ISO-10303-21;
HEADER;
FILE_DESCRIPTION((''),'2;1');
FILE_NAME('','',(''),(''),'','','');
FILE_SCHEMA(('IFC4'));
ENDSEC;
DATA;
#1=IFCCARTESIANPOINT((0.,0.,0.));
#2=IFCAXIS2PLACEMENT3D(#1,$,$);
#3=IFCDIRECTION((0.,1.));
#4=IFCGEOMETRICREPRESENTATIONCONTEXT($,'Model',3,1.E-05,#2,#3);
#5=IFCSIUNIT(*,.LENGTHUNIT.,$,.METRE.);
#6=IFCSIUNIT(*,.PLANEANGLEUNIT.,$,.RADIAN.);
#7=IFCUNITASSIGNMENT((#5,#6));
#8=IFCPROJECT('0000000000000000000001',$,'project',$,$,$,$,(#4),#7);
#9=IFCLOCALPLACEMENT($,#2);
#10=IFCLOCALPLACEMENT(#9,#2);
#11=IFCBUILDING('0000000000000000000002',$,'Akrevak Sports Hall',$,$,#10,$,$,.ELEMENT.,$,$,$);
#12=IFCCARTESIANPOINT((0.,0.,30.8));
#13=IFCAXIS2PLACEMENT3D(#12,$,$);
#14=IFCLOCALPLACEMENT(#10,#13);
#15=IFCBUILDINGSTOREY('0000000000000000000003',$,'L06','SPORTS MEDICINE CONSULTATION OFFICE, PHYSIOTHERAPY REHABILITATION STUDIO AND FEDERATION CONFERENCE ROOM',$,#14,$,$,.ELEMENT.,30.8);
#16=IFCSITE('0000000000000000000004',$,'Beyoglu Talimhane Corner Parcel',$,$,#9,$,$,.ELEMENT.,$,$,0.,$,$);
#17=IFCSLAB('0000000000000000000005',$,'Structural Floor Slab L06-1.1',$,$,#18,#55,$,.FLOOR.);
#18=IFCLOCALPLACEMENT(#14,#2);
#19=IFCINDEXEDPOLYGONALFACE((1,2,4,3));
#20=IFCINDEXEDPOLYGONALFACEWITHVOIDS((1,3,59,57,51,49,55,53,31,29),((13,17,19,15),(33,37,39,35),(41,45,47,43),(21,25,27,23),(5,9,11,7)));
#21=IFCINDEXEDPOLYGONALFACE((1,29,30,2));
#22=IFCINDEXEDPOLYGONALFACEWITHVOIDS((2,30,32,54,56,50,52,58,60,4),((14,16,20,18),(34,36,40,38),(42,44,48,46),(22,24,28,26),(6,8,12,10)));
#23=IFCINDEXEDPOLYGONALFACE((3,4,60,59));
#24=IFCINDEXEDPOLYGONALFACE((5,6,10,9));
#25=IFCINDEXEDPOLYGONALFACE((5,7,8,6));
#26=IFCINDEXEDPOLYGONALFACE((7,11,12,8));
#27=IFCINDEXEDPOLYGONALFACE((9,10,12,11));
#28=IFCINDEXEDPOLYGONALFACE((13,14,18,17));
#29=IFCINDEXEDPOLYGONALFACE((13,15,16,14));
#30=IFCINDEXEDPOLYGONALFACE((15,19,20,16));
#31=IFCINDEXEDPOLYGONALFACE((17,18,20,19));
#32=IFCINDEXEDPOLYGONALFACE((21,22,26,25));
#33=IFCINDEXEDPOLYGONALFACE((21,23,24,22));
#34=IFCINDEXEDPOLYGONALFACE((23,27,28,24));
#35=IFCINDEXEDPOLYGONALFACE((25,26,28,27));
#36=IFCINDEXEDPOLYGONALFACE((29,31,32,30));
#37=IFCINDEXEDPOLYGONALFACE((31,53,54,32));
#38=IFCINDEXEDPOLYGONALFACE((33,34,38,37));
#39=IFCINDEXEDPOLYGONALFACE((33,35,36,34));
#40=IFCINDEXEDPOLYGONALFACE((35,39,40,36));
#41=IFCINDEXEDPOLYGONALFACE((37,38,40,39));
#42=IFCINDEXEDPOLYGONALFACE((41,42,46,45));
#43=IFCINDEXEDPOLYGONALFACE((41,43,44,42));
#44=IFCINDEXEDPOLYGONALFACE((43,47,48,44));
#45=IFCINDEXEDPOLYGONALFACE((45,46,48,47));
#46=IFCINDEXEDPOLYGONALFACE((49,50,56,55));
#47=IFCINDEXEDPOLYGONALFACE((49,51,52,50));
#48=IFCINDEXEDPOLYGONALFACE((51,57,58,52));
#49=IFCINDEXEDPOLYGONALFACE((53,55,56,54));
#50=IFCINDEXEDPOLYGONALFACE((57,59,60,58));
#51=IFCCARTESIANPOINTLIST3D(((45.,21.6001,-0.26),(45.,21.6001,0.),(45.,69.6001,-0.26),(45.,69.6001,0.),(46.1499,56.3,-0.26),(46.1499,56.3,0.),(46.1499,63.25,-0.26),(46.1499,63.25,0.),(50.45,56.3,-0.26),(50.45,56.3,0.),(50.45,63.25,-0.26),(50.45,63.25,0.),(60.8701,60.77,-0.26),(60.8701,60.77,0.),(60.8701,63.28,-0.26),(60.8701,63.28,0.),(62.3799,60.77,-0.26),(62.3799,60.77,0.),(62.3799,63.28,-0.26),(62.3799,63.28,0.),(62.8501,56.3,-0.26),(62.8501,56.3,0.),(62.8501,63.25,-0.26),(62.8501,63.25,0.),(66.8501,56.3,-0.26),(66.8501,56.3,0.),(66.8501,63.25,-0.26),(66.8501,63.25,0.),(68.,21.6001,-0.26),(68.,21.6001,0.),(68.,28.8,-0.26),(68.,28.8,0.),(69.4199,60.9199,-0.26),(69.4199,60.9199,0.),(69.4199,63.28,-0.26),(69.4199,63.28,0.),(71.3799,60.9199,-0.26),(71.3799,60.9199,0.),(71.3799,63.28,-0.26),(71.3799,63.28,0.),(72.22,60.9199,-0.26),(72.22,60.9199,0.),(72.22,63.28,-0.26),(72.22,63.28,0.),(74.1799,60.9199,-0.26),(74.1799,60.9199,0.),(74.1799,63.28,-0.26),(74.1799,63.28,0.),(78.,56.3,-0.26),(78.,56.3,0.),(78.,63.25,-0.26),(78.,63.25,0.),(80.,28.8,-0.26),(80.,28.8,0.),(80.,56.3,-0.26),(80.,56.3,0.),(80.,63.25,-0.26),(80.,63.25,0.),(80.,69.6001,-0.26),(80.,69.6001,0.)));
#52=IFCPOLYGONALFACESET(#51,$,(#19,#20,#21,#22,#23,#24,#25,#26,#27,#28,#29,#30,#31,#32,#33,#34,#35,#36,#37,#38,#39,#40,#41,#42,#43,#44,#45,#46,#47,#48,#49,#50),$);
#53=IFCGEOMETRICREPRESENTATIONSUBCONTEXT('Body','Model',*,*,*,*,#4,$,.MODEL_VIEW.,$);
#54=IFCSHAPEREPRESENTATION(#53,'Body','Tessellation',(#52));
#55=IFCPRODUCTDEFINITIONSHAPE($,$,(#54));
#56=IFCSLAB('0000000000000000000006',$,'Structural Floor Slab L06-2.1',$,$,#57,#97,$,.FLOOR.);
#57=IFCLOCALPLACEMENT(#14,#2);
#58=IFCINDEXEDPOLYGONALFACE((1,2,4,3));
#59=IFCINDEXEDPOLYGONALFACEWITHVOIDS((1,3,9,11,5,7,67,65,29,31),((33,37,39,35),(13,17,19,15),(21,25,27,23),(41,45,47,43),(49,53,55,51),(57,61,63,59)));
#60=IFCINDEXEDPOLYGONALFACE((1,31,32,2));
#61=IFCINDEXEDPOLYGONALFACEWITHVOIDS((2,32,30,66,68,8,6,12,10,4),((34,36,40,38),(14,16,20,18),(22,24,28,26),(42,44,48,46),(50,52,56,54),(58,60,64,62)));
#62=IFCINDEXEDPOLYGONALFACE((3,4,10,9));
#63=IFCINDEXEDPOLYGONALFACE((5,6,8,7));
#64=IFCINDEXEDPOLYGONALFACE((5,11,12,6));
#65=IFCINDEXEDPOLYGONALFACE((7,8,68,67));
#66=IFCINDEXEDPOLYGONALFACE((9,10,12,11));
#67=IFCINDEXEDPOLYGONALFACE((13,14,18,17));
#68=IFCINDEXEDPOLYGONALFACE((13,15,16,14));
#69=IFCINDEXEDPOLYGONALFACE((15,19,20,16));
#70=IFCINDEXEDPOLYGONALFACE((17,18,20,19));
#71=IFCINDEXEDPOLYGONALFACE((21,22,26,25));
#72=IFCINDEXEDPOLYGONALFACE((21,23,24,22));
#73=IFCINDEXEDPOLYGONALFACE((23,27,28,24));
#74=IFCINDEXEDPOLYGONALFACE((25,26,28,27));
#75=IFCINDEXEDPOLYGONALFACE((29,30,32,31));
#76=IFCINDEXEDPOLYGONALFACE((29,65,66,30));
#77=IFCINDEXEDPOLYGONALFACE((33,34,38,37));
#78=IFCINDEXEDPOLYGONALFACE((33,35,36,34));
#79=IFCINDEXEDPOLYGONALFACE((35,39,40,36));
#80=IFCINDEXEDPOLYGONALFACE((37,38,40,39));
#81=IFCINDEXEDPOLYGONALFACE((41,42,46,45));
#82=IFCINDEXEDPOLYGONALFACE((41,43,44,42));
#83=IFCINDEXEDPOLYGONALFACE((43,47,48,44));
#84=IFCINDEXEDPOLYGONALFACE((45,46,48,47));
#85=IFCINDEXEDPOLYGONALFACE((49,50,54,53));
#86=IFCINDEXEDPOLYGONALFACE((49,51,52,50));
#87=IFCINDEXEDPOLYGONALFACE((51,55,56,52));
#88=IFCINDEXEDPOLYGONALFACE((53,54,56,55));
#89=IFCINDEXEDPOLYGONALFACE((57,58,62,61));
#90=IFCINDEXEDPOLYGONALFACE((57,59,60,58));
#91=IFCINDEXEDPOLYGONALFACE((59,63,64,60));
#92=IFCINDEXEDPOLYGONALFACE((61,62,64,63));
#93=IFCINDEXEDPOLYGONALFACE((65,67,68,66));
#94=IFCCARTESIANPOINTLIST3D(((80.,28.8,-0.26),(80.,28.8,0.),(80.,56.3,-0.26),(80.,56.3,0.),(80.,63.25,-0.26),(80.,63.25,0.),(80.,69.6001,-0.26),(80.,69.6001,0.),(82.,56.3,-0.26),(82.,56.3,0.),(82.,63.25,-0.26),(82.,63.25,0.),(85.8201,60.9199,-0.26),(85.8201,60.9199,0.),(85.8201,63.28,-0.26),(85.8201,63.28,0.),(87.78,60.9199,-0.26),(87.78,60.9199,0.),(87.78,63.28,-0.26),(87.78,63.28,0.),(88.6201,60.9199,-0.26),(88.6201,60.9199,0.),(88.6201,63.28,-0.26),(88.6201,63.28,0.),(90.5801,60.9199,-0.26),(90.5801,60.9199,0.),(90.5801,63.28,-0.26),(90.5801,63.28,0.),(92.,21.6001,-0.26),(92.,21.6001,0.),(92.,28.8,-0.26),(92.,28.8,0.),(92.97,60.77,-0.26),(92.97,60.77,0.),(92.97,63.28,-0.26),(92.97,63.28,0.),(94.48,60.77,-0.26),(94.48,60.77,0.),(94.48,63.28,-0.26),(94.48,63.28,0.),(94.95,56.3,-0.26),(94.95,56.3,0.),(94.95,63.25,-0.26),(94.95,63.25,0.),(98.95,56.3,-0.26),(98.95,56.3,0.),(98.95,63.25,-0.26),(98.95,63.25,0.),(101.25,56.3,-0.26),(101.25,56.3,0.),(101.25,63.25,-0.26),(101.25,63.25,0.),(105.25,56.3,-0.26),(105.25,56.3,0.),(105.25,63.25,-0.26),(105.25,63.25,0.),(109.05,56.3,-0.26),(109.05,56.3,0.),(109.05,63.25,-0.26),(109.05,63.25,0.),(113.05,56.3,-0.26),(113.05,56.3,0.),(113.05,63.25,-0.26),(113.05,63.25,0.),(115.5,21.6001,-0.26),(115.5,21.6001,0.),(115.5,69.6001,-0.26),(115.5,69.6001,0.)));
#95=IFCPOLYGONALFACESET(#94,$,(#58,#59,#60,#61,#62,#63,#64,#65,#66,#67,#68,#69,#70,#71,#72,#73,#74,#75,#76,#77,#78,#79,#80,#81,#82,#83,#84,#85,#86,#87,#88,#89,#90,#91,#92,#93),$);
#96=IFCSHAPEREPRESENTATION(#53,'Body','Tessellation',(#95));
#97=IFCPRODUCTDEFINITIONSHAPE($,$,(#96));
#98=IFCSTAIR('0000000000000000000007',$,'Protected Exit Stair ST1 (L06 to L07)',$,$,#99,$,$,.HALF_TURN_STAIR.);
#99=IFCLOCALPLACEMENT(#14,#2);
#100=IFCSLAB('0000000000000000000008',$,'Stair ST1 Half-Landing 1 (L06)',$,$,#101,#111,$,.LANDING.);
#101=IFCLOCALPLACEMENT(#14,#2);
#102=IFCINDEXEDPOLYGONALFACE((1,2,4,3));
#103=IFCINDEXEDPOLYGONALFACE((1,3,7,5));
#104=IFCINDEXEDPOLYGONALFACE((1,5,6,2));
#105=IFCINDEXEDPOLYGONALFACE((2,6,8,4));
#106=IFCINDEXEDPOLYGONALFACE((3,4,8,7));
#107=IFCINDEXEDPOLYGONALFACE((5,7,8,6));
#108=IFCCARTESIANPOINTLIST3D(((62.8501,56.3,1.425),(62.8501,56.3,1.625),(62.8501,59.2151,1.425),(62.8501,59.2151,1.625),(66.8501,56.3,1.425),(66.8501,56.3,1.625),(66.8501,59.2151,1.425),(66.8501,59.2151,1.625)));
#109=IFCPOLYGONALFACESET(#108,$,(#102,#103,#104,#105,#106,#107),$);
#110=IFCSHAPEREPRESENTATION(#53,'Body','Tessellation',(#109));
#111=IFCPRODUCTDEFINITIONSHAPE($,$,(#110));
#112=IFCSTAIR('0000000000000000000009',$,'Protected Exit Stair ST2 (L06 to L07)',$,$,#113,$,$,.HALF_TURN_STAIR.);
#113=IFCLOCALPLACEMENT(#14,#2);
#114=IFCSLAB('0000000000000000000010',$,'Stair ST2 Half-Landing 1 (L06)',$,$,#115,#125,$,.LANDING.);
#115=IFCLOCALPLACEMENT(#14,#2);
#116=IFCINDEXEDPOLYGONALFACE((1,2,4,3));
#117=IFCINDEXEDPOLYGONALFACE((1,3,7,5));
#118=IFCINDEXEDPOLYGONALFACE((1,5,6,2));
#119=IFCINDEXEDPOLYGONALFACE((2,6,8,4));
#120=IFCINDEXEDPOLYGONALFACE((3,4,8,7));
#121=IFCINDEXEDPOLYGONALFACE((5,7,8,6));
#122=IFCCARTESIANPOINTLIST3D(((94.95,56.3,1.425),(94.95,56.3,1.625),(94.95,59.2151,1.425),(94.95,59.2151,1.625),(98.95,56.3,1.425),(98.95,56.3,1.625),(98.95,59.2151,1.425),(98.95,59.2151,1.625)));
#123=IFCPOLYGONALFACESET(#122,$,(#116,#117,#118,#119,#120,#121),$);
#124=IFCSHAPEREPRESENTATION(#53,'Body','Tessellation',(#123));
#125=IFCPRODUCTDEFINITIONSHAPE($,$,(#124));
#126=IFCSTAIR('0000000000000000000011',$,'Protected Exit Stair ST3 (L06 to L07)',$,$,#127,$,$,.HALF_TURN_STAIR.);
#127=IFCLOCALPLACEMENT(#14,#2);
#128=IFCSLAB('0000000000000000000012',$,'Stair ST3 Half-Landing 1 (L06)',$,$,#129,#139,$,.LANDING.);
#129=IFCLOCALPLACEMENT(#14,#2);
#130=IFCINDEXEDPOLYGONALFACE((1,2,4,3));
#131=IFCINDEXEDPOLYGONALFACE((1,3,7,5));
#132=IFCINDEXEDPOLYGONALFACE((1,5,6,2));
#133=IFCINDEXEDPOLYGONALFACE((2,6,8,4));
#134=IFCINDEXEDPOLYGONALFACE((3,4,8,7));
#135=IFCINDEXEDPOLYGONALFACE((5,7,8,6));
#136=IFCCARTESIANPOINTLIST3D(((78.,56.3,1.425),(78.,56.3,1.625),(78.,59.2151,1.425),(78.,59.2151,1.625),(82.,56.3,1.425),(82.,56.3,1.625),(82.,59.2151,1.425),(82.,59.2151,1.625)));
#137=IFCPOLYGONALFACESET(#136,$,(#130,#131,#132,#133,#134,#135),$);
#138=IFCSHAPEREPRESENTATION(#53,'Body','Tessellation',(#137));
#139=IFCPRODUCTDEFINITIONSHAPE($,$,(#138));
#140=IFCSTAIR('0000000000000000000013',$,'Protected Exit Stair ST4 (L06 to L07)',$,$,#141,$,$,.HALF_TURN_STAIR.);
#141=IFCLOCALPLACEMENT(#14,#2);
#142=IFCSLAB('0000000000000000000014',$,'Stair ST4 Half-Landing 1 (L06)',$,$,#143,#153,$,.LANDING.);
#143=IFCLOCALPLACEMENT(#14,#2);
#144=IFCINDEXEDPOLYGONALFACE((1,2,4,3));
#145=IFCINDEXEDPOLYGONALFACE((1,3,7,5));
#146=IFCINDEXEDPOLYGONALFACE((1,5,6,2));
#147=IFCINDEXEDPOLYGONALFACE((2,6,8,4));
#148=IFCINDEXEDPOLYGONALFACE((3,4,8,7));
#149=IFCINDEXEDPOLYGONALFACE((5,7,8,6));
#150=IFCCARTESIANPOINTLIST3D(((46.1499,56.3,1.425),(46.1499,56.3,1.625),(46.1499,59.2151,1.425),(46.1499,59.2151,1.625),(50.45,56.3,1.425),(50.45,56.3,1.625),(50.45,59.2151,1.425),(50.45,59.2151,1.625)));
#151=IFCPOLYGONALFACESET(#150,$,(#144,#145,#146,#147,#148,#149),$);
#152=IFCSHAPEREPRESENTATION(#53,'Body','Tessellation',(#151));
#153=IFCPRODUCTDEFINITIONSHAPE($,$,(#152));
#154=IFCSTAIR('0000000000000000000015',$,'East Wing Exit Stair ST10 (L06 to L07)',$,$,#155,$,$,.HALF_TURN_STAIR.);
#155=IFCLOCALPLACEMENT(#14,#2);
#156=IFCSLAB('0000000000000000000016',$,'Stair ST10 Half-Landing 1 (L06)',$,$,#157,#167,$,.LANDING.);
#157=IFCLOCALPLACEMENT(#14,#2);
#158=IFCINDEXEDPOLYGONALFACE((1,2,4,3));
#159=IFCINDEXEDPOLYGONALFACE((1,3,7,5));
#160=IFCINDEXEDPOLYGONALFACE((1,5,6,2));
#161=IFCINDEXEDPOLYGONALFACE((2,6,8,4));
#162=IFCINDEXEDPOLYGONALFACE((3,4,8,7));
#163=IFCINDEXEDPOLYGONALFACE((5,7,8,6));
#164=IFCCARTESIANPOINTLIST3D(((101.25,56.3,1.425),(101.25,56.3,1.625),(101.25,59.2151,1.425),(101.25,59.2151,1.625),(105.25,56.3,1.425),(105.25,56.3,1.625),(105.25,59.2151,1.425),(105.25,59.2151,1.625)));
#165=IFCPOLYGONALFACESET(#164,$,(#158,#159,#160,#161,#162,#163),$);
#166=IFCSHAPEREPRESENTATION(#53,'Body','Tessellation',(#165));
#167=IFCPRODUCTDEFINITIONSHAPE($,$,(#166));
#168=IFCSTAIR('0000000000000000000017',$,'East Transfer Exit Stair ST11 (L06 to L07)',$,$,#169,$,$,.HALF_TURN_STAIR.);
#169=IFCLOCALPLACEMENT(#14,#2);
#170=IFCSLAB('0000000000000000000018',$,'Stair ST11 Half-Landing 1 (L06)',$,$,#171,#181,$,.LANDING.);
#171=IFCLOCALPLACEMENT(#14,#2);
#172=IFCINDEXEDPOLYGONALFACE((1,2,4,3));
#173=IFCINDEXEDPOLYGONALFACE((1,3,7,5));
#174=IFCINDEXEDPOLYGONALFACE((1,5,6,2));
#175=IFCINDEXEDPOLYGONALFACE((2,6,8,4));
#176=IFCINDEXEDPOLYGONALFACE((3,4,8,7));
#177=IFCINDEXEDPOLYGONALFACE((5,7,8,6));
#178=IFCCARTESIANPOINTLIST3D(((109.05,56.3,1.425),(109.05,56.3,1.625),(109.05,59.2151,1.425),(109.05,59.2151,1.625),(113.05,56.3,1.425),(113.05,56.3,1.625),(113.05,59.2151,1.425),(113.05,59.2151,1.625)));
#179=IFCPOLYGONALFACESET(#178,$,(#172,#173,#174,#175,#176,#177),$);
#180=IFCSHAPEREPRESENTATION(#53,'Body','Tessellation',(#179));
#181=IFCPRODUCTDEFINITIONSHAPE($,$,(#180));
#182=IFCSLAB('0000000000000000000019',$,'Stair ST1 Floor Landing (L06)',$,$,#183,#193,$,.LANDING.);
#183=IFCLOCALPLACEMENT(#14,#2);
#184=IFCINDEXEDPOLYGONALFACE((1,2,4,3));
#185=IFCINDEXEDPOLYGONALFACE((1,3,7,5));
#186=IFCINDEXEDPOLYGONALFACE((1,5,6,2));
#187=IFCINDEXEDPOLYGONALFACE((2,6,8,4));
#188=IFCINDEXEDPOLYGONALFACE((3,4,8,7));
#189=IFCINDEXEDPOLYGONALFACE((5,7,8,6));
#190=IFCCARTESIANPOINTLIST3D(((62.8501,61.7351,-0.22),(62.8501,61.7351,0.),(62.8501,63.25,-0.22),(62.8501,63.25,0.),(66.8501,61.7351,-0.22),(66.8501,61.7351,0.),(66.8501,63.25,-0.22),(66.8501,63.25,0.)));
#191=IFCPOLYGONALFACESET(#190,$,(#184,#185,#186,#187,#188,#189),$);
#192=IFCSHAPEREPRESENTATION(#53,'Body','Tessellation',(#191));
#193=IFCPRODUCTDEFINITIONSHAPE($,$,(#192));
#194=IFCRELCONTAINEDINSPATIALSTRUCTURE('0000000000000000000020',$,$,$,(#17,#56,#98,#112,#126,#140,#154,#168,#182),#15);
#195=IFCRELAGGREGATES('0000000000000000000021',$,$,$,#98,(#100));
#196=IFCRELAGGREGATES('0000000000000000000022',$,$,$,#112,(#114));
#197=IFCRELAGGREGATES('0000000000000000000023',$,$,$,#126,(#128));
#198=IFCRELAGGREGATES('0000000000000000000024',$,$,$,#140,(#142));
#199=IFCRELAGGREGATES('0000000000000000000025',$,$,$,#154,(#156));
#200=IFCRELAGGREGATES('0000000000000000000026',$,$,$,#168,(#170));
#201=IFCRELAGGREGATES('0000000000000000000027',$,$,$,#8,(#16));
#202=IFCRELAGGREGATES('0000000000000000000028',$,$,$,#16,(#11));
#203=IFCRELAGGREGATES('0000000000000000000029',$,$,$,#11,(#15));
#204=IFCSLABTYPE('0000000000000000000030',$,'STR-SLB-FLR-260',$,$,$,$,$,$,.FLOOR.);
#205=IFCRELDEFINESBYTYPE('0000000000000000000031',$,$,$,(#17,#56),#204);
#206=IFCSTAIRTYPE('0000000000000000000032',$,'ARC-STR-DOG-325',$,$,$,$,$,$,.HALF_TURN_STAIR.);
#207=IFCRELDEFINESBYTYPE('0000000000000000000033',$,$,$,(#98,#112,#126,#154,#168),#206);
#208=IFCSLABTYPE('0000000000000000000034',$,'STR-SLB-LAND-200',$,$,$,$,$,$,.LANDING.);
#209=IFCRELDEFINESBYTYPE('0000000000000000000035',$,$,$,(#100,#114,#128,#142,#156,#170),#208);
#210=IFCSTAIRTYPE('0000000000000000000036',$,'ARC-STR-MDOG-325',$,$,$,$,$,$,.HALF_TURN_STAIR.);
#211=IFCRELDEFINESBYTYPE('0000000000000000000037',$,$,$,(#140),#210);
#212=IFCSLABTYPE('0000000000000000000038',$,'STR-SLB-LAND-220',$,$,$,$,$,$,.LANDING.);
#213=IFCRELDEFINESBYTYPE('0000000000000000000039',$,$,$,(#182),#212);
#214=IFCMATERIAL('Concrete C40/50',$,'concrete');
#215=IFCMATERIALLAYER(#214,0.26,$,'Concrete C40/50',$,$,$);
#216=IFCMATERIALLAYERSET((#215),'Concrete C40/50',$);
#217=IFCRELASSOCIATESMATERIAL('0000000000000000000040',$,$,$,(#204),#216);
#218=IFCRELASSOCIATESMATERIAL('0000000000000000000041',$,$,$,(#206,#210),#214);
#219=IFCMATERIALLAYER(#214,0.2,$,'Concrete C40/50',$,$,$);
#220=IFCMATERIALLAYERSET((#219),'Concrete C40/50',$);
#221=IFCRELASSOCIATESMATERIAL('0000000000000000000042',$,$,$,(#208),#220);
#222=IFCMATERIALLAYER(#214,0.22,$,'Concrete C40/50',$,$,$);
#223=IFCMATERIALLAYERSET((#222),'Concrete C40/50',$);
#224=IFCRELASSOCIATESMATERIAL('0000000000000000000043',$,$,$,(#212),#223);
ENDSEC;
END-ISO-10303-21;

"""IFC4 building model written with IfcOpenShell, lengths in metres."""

from ifc_helpers import new_model, si_unit, direction, frame, origin, place, context, subcontext, project, spatial, polyline, outline, extrude, material, layer, layer_set, type_object, element, aggregate, save


model = new_model("IFC4")

# Units and contexts
model_context = context("Model", 3, precision=1e-05, world=origin(), true_north=direction((0.0, 1.0)))
body_context = subcontext(model_context, "Body", "Model", "MODEL_VIEW")
ifc_project = project(units=[si_unit("LENGTHUNIT", "METRE"), si_unit("PLANEANGLEUNIT", "RADIAN")], contexts=[model_context])

# Site, building, storey
site_placement = place(None, origin())
site = spatial("IfcSite", under=ifc_project, at=site_placement, Name="Beyoglu Talimhane Corner Parcel", CompositionType="ELEMENT", RefElevation=0.0)
building_placement = place(site_placement, origin())
building = spatial("IfcBuilding", under=site, at=building_placement, Name="Akrevak Sports Hall", CompositionType="ELEMENT")
storey_placement = place(building_placement, frame((0.0, 0.0, 30.8)))
storey = spatial("IfcBuildingStorey", under=building, at=storey_placement, Name="L06", Description="SPORTS MEDICINE CONSULTATION OFFICE, PHYSIOTHERAPY REHABILITATION STUDIO AND FEDERATION CONFERENCE ROOM", CompositionType="ELEMENT", Elevation=30.8)

# Shared definitions
ifc_material_1 = material(Name="Concrete C40/50", Category="concrete")

# Slabs
ifc_layer_1 = layer(ifc_material_1, 0.26, Name="Concrete C40/50")
ifc_layer_set_1 = layer_set([ifc_layer_1], Name="Concrete C40/50")
slab_type_1 = type_object("IfcSlabType", Name="STR-SLB-FLR-260", PredefinedType="FLOOR", material=ifc_layer_set_1)
slab_1_placement = place(storey_placement, frame((0.0, 0.0, -0.26)))
element("IfcSlab", 1, at=slab_1_placement, inside=storey, type_object=slab_type_1, Name="Structural Floor Slab L06-1.1", PredefinedType="FLOOR", context=body_context, shape_type="SweptSolid", body=[
    extrude(outline(polyline([(45.0, 69.6001), (45.0, 21.6001), (68.0, 21.6001), (68.0, 28.8), (80.0, 28.8), (80.0, 56.3), (78.0, 56.3), (78.0, 63.25), (80.0, 63.25), (80.0, 69.6001), (45.0, 69.6001)]), holes=[polyline([(46.1499, 63.25), (50.45, 63.25), (50.45, 56.3), (46.1499, 56.3), (46.1499, 63.25)]), polyline([(66.8501, 63.25), (66.8501, 56.3), (62.8501, 56.3), (62.8501, 63.25), (66.8501, 63.25)]), polyline([(60.8701, 63.28), (62.3799, 63.28), (62.3799, 60.77), (60.8701, 60.77), (60.8701, 63.28)]), polyline([(71.3799, 63.28), (71.3799, 60.9199), (69.4199, 60.9199), (69.4199, 63.28), (71.3799, 63.28)]), polyline([(74.1799, 63.28), (74.1799, 60.9199), (72.22, 60.9199), (72.22, 63.28), (74.1799, 63.28)])]), origin(), (0.0, 0.0, 1.0), 0.26),
])
slab_2_placement = place(storey_placement, frame((0.0, 0.0, -0.26)))
element("IfcSlab", 2, at=slab_2_placement, inside=storey, type_object=slab_type_1, Name="Structural Floor Slab L06-2.1", PredefinedType="FLOOR", context=body_context, shape_type="SweptSolid", body=[
    extrude(outline(polyline([(80.0, 69.6001), (80.0, 63.25), (82.0, 63.25), (82.0, 56.3), (80.0, 56.3), (80.0, 28.8), (92.0, 28.8), (92.0, 21.6001), (115.5, 21.6001), (115.5, 69.6001), (80.0, 69.6001)]), holes=[polyline([(94.95, 63.25), (98.95, 63.25), (98.95, 56.3), (94.95, 56.3), (94.95, 63.25)]), polyline([(105.25, 63.25), (105.25, 56.3), (101.25, 56.3), (101.25, 63.25), (105.25, 63.25)]), polyline([(113.05, 63.25), (113.05, 56.3), (109.05, 56.3), (109.05, 63.25), (113.05, 63.25)]), polyline([(92.97, 63.28), (94.48, 63.28), (94.48, 60.77), (92.97, 60.77), (92.97, 63.28)]), polyline([(87.78, 63.28), (87.78, 60.9199), (85.8201, 60.9199), (85.8201, 63.28), (87.78, 63.28)]), polyline([(90.5801, 63.28), (90.5801, 60.9199), (88.6201, 60.9199), (88.6201, 63.28), (90.5801, 63.28)])]), origin(), (0.0, 0.0, 1.0), 0.26),
])

# Stairs, slabs
stair_type_1 = type_object("IfcStairType", Name="ARC-STR-DOG-325", PredefinedType="HALF_TURN_STAIR", material=ifc_material_1)
stair_1_placement = place(storey_placement, origin())
stair_1 = element("IfcStair", 3, at=stair_1_placement, inside=storey, type_object=stair_type_1, Name="Protected Exit Stair ST1 (L06 to L07)", PredefinedType="HALF_TURN_STAIR")
ifc_layer_2 = layer(ifc_material_1, 0.2, Name="Concrete C40/50")
ifc_layer_set_2 = layer_set([ifc_layer_2], Name="Concrete C40/50")
slab_type_2 = type_object("IfcSlabType", Name="STR-SLB-LAND-200", PredefinedType="LANDING", material=ifc_layer_set_2)
slab_3_placement = place(storey_placement, frame((0.0, 0.0, 1.425)))
slab_3 = element("IfcSlab", 4, at=slab_3_placement, type_object=slab_type_2, Name="Stair ST1 Half-Landing 1 (L06)", PredefinedType="LANDING", context=body_context, shape_type="SweptSolid", body=[
    extrude(outline(polyline([(62.8501, 56.3), (66.8501, 56.3), (66.8501, 59.2151), (62.8501, 59.2151), (62.8501, 56.3)])), origin(), (0.0, 0.0, 1.0), 0.2),
])
aggregate(stair_1, [slab_3])
stair_2_placement = place(storey_placement, origin())
stair_2 = element("IfcStair", 5, at=stair_2_placement, inside=storey, type_object=stair_type_1, Name="Protected Exit Stair ST2 (L06 to L07)", PredefinedType="HALF_TURN_STAIR")
slab_4_placement = place(storey_placement, frame((0.0, 0.0, 1.425)))
slab_4 = element("IfcSlab", 6, at=slab_4_placement, type_object=slab_type_2, Name="Stair ST2 Half-Landing 1 (L06)", PredefinedType="LANDING", context=body_context, shape_type="SweptSolid", body=[
    extrude(outline(polyline([(94.95, 56.3), (98.95, 56.3), (98.95, 59.2151), (94.95, 59.2151), (94.95, 56.3)])), origin(), (0.0, 0.0, 1.0), 0.2),
])
aggregate(stair_2, [slab_4])
stair_3_placement = place(storey_placement, origin())
stair_3 = element("IfcStair", 7, at=stair_3_placement, inside=storey, type_object=stair_type_1, Name="Protected Exit Stair ST3 (L06 to L07)", PredefinedType="HALF_TURN_STAIR")
slab_5_placement = place(storey_placement, frame((0.0, 0.0, 1.425)))
slab_5 = element("IfcSlab", 8, at=slab_5_placement, type_object=slab_type_2, Name="Stair ST3 Half-Landing 1 (L06)", PredefinedType="LANDING", context=body_context, shape_type="SweptSolid", body=[
    extrude(outline(polyline([(78.0, 56.3), (82.0, 56.3), (82.0, 59.2151), (78.0, 59.2151), (78.0, 56.3)])), origin(), (0.0, 0.0, 1.0), 0.2),
])
aggregate(stair_3, [slab_5])
stair_type_2 = type_object("IfcStairType", Name="ARC-STR-MDOG-325", PredefinedType="HALF_TURN_STAIR", material=ifc_material_1)
stair_4_placement = place(storey_placement, origin())
stair_4 = element("IfcStair", 9, at=stair_4_placement, inside=storey, type_object=stair_type_2, Name="Protected Exit Stair ST4 (L06 to L07)", PredefinedType="HALF_TURN_STAIR")
slab_6_placement = place(storey_placement, frame((0.0, 0.0, 1.425)))
slab_6 = element("IfcSlab", 10, at=slab_6_placement, type_object=slab_type_2, Name="Stair ST4 Half-Landing 1 (L06)", PredefinedType="LANDING", context=body_context, shape_type="SweptSolid", body=[
    extrude(outline(polyline([(46.1499, 56.3), (50.45, 56.3), (50.45, 59.2151), (46.1499, 59.2151), (46.1499, 56.3)])), origin(), (0.0, 0.0, 1.0), 0.2),
])
aggregate(stair_4, [slab_6])
stair_5_placement = place(storey_placement, origin())
stair_5 = element("IfcStair", 11, at=stair_5_placement, inside=storey, type_object=stair_type_1, Name="East Wing Exit Stair ST10 (L06 to L07)", PredefinedType="HALF_TURN_STAIR")
slab_7_placement = place(storey_placement, frame((0.0, 0.0, 1.425)))
slab_7 = element("IfcSlab", 12, at=slab_7_placement, type_object=slab_type_2, Name="Stair ST10 Half-Landing 1 (L06)", PredefinedType="LANDING", context=body_context, shape_type="SweptSolid", body=[
    extrude(outline(polyline([(101.25, 56.3), (105.25, 56.3), (105.25, 59.2151), (101.25, 59.2151), (101.25, 56.3)])), origin(), (0.0, 0.0, 1.0), 0.2),
])
aggregate(stair_5, [slab_7])
stair_6_placement = place(storey_placement, origin())
stair_6 = element("IfcStair", 13, at=stair_6_placement, inside=storey, type_object=stair_type_1, Name="East Transfer Exit Stair ST11 (L06 to L07)", PredefinedType="HALF_TURN_STAIR")
slab_8_placement = place(storey_placement, frame((0.0, 0.0, 1.425)))
slab_8 = element("IfcSlab", 14, at=slab_8_placement, type_object=slab_type_2, Name="Stair ST11 Half-Landing 1 (L06)", PredefinedType="LANDING", context=body_context, shape_type="SweptSolid", body=[
    extrude(outline(polyline([(109.05, 56.3), (113.05, 56.3), (113.05, 59.2151), (109.05, 59.2151), (109.05, 56.3)])), origin(), (0.0, 0.0, 1.0), 0.2),
])
aggregate(stair_6, [slab_8])

# Slab
ifc_layer_3 = layer(ifc_material_1, 0.22, Name="Concrete C40/50")
ifc_layer_set_3 = layer_set([ifc_layer_3], Name="Concrete C40/50")
slab_type_3 = type_object("IfcSlabType", Name="STR-SLB-LAND-220", PredefinedType="LANDING", material=ifc_layer_set_3)
slab_9_placement = place(storey_placement, frame((0.0, 0.0, -0.22)))
element("IfcSlab", 15, at=slab_9_placement, inside=storey, type_object=slab_type_3, Name="Stair ST1 Floor Landing (L06)", PredefinedType="LANDING", context=body_context, shape_type="SweptSolid", body=[
    extrude(outline(polyline([(62.8501, 61.7351), (66.8501, 61.7351), (66.8501, 63.25), (62.8501, 63.25), (62.8501, 61.7351)])), origin(), (0.0, 0.0, 1.0), 0.22),
])

save(model, "model.ifc")
